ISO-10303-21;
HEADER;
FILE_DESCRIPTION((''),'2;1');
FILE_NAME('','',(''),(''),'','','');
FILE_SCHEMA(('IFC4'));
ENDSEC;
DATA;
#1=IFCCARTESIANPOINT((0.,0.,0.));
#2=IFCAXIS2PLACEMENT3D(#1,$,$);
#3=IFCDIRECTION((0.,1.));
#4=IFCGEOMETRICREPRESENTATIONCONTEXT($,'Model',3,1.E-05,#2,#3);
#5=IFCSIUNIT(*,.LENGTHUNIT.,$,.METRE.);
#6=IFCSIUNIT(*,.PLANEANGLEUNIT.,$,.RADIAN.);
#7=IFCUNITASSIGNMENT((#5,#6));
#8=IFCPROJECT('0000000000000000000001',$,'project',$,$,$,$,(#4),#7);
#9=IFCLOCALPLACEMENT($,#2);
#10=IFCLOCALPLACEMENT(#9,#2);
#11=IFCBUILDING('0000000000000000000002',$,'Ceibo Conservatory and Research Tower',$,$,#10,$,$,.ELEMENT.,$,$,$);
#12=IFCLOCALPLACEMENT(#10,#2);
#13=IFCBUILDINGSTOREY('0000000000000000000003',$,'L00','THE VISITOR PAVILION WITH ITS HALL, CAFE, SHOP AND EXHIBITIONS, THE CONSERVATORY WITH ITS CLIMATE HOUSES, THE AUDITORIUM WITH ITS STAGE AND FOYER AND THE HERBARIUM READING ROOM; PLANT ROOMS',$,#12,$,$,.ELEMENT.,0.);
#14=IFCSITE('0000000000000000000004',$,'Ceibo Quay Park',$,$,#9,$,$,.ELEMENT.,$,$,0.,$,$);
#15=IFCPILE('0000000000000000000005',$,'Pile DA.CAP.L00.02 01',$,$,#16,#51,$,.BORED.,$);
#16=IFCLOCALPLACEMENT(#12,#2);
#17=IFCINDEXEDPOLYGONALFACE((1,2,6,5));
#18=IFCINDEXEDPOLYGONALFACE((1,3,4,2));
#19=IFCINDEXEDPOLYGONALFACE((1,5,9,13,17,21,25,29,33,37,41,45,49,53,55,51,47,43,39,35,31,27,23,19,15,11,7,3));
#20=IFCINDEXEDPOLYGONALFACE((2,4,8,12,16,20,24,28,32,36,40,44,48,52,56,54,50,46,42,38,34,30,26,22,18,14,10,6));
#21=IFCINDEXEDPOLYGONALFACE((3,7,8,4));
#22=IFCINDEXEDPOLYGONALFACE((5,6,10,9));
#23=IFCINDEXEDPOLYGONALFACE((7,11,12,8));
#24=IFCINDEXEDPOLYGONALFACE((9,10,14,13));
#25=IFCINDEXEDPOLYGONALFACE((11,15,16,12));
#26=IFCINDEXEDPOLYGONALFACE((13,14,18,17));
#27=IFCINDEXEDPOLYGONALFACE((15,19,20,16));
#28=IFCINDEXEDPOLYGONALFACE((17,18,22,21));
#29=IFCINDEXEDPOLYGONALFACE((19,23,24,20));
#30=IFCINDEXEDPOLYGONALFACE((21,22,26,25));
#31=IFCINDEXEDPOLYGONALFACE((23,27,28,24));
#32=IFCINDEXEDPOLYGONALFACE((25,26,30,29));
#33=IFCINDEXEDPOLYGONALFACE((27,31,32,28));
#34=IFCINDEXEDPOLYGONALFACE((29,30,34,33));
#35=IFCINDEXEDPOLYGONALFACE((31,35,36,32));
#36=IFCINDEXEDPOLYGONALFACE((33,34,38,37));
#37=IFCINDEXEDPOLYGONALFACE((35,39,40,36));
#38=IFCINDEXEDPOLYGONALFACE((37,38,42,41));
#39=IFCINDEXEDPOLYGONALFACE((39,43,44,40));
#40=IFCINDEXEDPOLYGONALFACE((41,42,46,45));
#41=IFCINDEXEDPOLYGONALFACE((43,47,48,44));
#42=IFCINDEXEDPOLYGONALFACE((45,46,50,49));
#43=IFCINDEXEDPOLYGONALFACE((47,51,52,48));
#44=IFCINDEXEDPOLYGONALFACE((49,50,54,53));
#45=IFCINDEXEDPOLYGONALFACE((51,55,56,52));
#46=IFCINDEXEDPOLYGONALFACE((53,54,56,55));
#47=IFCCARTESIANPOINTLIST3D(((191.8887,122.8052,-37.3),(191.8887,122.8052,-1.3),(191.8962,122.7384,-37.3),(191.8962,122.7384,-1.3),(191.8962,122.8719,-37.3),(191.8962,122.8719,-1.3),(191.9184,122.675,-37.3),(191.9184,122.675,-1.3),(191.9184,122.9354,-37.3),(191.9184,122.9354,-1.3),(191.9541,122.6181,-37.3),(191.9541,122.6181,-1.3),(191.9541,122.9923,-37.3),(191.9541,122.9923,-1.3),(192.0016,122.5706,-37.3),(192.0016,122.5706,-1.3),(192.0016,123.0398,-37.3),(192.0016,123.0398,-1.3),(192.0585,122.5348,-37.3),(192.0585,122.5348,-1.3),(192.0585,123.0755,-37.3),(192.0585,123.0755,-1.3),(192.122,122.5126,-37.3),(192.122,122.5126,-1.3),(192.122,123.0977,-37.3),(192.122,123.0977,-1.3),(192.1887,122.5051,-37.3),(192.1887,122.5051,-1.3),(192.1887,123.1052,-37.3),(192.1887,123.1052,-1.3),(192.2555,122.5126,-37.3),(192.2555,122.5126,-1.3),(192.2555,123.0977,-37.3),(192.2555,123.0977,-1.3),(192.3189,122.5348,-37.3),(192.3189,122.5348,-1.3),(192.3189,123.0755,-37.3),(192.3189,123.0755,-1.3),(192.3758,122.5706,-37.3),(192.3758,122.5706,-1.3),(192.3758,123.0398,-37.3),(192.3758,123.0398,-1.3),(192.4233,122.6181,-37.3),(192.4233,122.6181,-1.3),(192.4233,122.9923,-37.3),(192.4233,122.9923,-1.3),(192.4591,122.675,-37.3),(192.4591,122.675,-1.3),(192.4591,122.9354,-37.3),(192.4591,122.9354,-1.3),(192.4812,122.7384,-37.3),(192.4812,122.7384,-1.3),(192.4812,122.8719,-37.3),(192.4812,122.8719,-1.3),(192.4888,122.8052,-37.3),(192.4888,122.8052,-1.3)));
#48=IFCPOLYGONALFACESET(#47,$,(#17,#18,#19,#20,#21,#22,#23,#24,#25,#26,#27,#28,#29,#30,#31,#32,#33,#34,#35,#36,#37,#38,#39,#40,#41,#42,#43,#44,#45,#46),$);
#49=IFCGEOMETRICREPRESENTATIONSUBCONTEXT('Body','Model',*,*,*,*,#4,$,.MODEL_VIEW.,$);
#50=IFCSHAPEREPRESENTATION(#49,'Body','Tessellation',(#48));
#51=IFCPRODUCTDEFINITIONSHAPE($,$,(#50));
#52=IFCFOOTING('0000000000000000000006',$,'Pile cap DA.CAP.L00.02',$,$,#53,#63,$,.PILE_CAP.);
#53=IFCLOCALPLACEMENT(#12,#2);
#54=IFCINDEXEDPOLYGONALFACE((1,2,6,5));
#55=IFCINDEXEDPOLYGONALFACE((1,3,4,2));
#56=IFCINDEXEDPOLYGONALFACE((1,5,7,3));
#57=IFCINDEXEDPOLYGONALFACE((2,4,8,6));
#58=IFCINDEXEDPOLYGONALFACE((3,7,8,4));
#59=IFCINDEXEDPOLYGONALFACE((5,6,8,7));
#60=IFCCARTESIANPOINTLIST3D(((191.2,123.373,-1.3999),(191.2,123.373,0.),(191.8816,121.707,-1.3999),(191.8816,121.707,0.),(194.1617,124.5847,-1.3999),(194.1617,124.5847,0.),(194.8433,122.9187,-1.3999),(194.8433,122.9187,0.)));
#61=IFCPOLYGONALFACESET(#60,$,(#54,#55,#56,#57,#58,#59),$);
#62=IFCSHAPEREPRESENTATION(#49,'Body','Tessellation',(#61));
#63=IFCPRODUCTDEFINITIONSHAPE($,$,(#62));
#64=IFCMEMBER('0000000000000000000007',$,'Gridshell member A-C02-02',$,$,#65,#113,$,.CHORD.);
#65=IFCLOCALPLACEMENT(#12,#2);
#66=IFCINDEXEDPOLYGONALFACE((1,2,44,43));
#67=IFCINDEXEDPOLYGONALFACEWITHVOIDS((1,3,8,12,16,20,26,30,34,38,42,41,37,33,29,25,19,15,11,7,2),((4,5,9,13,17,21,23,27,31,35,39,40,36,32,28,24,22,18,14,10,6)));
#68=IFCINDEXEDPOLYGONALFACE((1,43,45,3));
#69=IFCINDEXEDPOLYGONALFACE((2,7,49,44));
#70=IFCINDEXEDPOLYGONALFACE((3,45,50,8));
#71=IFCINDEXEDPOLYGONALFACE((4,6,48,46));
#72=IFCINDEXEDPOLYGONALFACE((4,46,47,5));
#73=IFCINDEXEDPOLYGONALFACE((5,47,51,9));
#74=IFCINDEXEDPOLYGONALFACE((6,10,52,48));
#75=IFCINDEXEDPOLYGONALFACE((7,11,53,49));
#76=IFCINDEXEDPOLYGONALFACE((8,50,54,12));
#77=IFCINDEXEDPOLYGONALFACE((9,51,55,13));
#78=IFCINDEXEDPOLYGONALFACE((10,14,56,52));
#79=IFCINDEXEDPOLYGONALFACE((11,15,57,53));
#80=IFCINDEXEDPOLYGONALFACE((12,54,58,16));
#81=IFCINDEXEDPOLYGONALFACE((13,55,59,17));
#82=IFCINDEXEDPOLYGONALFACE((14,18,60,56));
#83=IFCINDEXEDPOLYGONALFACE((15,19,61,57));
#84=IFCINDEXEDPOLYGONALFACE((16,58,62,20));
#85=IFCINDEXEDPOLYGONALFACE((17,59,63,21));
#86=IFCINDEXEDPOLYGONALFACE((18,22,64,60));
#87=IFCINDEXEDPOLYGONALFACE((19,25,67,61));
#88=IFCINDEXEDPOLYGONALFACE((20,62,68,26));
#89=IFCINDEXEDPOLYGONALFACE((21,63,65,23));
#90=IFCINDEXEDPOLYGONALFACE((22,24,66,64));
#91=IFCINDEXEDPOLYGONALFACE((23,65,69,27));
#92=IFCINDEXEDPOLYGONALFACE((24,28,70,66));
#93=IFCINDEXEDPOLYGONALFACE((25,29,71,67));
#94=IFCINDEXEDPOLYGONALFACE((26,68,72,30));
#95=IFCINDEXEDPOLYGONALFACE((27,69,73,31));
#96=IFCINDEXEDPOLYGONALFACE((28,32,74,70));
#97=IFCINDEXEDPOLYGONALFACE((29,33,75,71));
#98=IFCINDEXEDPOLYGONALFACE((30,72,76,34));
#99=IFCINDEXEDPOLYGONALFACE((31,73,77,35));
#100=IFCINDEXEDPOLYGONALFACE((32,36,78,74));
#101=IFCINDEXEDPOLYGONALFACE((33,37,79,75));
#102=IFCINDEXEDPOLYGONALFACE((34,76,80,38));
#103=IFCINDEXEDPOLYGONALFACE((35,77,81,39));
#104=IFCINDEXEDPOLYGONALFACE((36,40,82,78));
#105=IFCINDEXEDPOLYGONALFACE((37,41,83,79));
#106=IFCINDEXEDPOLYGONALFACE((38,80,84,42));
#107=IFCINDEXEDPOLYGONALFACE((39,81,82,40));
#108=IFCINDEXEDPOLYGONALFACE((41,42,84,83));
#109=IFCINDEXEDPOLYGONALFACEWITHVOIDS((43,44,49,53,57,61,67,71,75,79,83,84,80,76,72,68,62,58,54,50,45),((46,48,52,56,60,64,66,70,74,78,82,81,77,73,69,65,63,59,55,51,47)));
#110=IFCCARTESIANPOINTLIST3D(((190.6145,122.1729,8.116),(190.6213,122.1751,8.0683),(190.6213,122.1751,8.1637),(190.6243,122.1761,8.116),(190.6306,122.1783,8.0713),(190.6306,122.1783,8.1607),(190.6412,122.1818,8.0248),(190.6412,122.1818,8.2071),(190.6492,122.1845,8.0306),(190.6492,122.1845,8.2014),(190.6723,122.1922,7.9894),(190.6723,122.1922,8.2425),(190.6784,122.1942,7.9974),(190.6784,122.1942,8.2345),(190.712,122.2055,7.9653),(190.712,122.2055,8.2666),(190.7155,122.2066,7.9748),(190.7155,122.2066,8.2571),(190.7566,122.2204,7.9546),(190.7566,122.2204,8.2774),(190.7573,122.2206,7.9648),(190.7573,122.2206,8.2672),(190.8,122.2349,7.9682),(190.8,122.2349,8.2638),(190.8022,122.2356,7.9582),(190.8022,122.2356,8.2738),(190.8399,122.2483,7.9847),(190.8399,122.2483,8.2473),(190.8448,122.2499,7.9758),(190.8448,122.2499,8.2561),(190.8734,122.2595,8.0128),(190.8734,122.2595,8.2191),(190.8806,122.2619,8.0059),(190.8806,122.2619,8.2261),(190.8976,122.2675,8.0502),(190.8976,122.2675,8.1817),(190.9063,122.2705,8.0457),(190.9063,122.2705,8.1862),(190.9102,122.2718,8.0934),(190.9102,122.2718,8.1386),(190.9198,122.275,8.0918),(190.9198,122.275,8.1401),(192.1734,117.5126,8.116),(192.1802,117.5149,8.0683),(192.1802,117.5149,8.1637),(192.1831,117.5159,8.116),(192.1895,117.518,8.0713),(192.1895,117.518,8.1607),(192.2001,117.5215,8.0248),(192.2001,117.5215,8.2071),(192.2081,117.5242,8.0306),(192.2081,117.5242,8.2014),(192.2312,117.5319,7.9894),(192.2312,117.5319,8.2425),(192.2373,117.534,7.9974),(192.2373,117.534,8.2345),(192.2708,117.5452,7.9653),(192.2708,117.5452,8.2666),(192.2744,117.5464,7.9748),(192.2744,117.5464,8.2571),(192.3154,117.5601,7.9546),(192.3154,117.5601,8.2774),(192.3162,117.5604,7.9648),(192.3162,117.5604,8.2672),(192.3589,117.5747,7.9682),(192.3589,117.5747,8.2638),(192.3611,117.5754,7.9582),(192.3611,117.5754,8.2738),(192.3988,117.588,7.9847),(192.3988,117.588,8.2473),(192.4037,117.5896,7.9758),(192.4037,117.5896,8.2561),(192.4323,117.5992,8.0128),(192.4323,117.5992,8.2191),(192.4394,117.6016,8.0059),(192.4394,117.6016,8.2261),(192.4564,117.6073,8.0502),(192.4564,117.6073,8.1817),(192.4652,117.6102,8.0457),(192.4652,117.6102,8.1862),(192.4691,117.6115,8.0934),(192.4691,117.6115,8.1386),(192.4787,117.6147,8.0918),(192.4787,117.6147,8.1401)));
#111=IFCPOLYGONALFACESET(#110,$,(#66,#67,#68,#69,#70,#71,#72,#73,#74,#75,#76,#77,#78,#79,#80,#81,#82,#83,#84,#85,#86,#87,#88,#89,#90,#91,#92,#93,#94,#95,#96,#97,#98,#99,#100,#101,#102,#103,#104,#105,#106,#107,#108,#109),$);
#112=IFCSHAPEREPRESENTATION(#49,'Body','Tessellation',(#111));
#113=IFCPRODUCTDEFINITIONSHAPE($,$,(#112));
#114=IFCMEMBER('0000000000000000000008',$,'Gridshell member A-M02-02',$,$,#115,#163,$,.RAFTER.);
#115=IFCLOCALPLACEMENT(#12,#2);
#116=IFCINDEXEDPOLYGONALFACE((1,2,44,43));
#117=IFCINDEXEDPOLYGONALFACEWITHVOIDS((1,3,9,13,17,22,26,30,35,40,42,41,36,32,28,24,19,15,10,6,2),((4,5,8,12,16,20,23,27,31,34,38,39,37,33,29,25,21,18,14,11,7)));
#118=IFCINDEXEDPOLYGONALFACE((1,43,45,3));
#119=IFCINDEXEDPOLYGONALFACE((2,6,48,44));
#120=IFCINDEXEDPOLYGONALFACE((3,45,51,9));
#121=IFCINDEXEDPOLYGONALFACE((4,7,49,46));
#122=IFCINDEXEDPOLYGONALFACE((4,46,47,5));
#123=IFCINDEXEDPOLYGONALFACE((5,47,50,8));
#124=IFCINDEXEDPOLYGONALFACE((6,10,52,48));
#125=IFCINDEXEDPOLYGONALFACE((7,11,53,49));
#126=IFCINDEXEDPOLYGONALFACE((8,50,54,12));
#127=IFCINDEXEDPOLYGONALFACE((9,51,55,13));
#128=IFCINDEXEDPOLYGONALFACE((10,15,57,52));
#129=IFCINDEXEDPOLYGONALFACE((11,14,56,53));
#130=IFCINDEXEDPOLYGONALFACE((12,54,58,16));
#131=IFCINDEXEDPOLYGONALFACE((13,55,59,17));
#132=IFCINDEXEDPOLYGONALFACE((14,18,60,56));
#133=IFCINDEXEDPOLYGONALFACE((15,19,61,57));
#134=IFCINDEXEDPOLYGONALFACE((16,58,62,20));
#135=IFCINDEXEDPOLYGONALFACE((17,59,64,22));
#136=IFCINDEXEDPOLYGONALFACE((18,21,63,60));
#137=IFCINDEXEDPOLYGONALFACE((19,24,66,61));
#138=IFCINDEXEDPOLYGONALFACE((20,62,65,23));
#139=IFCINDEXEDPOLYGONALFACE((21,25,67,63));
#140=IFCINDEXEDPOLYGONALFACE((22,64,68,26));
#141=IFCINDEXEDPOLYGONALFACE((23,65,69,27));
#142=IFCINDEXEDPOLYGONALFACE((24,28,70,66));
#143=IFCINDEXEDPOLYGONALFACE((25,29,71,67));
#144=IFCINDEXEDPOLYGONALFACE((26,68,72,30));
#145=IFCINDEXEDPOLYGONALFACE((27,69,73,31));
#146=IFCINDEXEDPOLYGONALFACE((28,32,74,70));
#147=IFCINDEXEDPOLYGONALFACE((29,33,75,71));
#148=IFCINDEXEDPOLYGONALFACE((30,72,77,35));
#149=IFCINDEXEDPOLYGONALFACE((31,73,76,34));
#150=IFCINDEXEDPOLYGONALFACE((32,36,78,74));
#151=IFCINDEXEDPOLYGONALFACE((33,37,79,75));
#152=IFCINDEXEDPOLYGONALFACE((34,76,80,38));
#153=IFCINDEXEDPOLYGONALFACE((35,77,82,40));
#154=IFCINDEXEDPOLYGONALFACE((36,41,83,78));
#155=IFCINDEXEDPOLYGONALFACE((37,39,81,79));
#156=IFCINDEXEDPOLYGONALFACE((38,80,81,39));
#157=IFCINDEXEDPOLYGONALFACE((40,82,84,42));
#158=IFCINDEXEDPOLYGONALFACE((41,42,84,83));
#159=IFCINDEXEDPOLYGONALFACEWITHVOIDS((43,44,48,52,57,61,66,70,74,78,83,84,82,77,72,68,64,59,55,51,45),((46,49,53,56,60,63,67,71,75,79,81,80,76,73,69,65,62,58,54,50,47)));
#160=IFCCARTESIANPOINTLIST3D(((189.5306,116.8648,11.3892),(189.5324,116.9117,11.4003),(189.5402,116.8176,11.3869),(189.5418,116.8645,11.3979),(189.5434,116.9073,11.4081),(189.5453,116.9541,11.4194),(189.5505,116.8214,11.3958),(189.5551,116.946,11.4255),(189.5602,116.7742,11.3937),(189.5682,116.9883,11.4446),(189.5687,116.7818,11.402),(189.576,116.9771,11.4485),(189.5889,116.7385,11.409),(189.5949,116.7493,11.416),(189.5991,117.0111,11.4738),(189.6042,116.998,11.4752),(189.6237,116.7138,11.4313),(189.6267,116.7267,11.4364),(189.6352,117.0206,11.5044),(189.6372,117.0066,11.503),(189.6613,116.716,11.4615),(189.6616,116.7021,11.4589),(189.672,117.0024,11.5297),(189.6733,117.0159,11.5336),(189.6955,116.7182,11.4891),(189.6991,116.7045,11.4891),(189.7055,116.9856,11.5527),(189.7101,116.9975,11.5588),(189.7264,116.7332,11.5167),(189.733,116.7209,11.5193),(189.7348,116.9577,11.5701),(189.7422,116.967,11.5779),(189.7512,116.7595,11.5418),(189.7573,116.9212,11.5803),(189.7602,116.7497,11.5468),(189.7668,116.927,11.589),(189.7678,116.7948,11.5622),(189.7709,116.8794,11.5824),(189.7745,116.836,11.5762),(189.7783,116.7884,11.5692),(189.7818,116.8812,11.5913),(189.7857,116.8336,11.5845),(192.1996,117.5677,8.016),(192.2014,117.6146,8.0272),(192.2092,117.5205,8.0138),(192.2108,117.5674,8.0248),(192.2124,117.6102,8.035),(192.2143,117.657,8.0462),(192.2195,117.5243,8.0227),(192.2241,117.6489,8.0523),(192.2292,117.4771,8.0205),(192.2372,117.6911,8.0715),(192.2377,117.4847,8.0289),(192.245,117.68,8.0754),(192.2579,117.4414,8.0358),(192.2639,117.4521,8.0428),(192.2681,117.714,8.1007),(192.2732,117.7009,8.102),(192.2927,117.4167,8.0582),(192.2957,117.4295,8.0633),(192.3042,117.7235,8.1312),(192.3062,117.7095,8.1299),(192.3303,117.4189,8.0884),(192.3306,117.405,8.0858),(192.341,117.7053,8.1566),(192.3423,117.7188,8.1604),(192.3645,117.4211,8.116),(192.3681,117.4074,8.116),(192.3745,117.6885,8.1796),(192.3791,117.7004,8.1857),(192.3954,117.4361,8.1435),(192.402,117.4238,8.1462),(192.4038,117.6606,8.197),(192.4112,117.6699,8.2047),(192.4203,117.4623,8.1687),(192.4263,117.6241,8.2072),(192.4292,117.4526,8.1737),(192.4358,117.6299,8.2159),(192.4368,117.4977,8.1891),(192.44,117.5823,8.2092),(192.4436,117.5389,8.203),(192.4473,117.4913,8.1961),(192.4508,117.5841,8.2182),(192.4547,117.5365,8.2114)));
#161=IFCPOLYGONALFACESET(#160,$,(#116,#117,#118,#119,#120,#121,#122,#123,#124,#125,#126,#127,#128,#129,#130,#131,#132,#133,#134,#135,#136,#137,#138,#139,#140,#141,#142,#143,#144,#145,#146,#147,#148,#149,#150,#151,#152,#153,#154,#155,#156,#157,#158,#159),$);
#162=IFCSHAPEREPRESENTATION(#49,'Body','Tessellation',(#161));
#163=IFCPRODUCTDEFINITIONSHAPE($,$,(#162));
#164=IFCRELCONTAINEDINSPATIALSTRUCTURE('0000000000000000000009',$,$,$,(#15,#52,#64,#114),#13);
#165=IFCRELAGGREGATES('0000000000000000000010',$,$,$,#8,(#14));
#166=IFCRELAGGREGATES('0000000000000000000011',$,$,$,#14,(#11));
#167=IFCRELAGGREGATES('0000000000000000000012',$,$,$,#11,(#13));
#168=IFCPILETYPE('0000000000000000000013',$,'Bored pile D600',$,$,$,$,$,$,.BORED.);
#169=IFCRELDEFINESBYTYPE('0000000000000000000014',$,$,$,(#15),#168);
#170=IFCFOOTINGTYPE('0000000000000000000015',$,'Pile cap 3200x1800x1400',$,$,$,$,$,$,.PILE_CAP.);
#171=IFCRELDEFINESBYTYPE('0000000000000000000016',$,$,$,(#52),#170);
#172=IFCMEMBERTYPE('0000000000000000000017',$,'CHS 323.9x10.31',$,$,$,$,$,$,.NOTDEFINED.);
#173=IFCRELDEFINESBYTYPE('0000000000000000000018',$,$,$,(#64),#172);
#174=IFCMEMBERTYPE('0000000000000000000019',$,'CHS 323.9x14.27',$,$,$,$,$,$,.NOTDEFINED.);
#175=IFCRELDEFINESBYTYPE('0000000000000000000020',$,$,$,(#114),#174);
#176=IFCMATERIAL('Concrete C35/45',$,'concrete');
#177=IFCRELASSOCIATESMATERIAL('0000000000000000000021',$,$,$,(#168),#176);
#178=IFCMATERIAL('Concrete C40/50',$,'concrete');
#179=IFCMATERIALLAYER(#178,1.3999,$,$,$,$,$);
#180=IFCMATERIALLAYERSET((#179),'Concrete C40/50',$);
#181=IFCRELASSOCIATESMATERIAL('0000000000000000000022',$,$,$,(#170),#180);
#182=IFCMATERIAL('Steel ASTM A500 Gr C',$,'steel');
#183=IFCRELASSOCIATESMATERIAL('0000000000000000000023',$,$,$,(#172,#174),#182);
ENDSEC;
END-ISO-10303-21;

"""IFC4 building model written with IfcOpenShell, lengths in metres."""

from ifc_helpers import new_model, si_unit, direction, frame, origin, origin_2d, place, context, subcontext, project, spatial, polyline, circle, hollow_circle, outline, extrude, material, layer, layer_set, material_profile, profile_set, type_object, element, save


model = new_model("IFC4")

# Units and contexts
model_context = context("Model", 3, precision=1e-05, world=origin(), true_north=direction((0.0, 1.0)))
body_context = subcontext(model_context, "Body", "Model", "MODEL_VIEW")
ifc_project = project(units=[si_unit("LENGTHUNIT", "METRE"), si_unit("PLANEANGLEUNIT", "RADIAN")], contexts=[model_context])

# Site, building, storey
site_placement = place(None, origin())
site = spatial("IfcSite", under=ifc_project, at=site_placement, Name="Ceibo Quay Park", CompositionType="ELEMENT", RefElevation=0.0)
building_placement = place(site_placement, origin())
building = spatial("IfcBuilding", under=site, at=building_placement, Name="Ceibo Conservatory and Research Tower", CompositionType="ELEMENT")
storey_placement = place(building_placement, origin())
storey = spatial("IfcBuildingStorey", under=building, at=storey_placement, Name="L00", Description="THE VISITOR PAVILION WITH ITS HALL, CAFE, SHOP AND EXHIBITIONS, THE CONSERVATORY WITH ITS CLIMATE HOUSES, THE AUDITORIUM WITH ITS STAGE AND FOYER AND THE HERBARIUM READING ROOM; PLANT ROOMS", CompositionType="ELEMENT", Elevation=0.0)

# Pile
ifc_material_1 = material(Name="Concrete C35/45", Category="concrete")
ifc_material_profile_1 = material_profile(ifc_material_1, circle(Radius=0.3, at=origin_2d()), Name="RC D600")
ifc_profile_set_1 = profile_set([ifc_material_profile_1], Name="Concrete C35/45")
pile_type = type_object("IfcPileType", Name="Bored pile D600", PredefinedType="BORED", material=ifc_profile_set_1)
pile_placement = place(storey_placement, frame((192.1887, 122.8052, -1.3), z_axis=(0.0, 0.0, -1.0), x_axis=(1.0, 0.0, 0.0)))
element("IfcPile", 1, at=pile_placement, inside=storey, type_object=pile_type, Name="Pile DA.CAP.L00.02 01", PredefinedType="BORED", context=body_context, shape_type="SweptSolid", body=[
    extrude(circle(Radius=0.3, at=origin_2d()), origin(), (0.0, 0.0, 1.0), 36.0),
])

# Footing
ifc_material_2 = material(Name="Concrete C40/50", Category="concrete")
ifc_layer_1 = layer(ifc_material_2, 1.3999)
ifc_layer_set_1 = layer_set([ifc_layer_1], Name="Concrete C40/50")
footing_type = type_object("IfcFootingType", Name="Pile cap 3200x1800x1400", PredefinedType="PILE_CAP", material=ifc_layer_set_1)
footing_placement = place(storey_placement, frame((191.8816, 121.707, -1.3999), z_axis=(0.0, 0.0, 1.0), x_axis=(0.925541, 0.378648, 0.0)))
element("IfcFooting", 2, at=footing_placement, inside=storey, type_object=footing_type, Name="Pile cap DA.CAP.L00.02", PredefinedType="PILE_CAP", context=body_context, shape_type="SweptSolid", body=[
    extrude(outline(polyline([(0.0, 0.0), (3.2, 0.0), (3.2, 1.8), (0.0, 1.8), (0.0, 0.0)])), origin(), (0.0, 0.0, 1.0), 1.3999),
])

# Members
ifc_material_3 = material(Name="Steel ASTM A500 Gr C", Category="steel")
ifc_material_profile_2 = material_profile(ifc_material_3, hollow_circle(Radius=0.1619, WallThickness=0.0103, at=origin_2d()), Name="CHS 323.9x10.31")
ifc_profile_set_2 = profile_set([ifc_material_profile_2], Name="Steel ASTM A500 Gr C")
member_type_1 = type_object("IfcMemberType", Name="CHS 323.9x10.31", PredefinedType="NOTDEFINED", material=ifc_profile_set_2)
member_1_placement = place(storey_placement, frame((192.3269, 117.564, 8.116), z_axis=(-0.317226, 0.94835, 0.0), x_axis=(-0.94835, -0.317226, 0.0)))
element("IfcMember", 3, at=member_1_placement, inside=storey, type_object=member_type_1, Name="Gridshell member A-C02-02", PredefinedType="CHORD", context=body_context, shape_type="SweptSolid", body=[
    extrude(hollow_circle(Radius=0.1619, WallThickness=0.0103, at=origin_2d()), origin(), (0.0, 0.0, 1.0), 4.9141),
])
ifc_material_profile_3 = material_profile(ifc_material_3, hollow_circle(Radius=0.1619, WallThickness=0.0142, at=origin_2d()), Name="CHS 323.9x14.27")
ifc_profile_set_3 = profile_set([ifc_material_profile_3], Name="Steel ASTM A500 Gr C")
member_type_2 = type_object("IfcMemberType", Name="CHS 323.9x14.27", PredefinedType="NOTDEFINED", material=ifc_profile_set_3)
member_2_placement = place(storey_placement, frame((192.3269, 117.564, 8.116), z_axis=(-0.612383, -0.161274, 0.773937), x_axis=(0.254672, -0.967028, 0.0)))
element("IfcMember", 4, at=member_2_placement, inside=storey, type_object=member_type_2, Name="Gridshell member A-M02-02", PredefinedType="RAFTER", context=body_context, shape_type="SweptSolid", body=[
    extrude(hollow_circle(Radius=0.1619, WallThickness=0.0142, at=origin_2d()), origin(), (0.0, 0.0, 1.0), 4.3584),
])

save(model, "model.ifc")
